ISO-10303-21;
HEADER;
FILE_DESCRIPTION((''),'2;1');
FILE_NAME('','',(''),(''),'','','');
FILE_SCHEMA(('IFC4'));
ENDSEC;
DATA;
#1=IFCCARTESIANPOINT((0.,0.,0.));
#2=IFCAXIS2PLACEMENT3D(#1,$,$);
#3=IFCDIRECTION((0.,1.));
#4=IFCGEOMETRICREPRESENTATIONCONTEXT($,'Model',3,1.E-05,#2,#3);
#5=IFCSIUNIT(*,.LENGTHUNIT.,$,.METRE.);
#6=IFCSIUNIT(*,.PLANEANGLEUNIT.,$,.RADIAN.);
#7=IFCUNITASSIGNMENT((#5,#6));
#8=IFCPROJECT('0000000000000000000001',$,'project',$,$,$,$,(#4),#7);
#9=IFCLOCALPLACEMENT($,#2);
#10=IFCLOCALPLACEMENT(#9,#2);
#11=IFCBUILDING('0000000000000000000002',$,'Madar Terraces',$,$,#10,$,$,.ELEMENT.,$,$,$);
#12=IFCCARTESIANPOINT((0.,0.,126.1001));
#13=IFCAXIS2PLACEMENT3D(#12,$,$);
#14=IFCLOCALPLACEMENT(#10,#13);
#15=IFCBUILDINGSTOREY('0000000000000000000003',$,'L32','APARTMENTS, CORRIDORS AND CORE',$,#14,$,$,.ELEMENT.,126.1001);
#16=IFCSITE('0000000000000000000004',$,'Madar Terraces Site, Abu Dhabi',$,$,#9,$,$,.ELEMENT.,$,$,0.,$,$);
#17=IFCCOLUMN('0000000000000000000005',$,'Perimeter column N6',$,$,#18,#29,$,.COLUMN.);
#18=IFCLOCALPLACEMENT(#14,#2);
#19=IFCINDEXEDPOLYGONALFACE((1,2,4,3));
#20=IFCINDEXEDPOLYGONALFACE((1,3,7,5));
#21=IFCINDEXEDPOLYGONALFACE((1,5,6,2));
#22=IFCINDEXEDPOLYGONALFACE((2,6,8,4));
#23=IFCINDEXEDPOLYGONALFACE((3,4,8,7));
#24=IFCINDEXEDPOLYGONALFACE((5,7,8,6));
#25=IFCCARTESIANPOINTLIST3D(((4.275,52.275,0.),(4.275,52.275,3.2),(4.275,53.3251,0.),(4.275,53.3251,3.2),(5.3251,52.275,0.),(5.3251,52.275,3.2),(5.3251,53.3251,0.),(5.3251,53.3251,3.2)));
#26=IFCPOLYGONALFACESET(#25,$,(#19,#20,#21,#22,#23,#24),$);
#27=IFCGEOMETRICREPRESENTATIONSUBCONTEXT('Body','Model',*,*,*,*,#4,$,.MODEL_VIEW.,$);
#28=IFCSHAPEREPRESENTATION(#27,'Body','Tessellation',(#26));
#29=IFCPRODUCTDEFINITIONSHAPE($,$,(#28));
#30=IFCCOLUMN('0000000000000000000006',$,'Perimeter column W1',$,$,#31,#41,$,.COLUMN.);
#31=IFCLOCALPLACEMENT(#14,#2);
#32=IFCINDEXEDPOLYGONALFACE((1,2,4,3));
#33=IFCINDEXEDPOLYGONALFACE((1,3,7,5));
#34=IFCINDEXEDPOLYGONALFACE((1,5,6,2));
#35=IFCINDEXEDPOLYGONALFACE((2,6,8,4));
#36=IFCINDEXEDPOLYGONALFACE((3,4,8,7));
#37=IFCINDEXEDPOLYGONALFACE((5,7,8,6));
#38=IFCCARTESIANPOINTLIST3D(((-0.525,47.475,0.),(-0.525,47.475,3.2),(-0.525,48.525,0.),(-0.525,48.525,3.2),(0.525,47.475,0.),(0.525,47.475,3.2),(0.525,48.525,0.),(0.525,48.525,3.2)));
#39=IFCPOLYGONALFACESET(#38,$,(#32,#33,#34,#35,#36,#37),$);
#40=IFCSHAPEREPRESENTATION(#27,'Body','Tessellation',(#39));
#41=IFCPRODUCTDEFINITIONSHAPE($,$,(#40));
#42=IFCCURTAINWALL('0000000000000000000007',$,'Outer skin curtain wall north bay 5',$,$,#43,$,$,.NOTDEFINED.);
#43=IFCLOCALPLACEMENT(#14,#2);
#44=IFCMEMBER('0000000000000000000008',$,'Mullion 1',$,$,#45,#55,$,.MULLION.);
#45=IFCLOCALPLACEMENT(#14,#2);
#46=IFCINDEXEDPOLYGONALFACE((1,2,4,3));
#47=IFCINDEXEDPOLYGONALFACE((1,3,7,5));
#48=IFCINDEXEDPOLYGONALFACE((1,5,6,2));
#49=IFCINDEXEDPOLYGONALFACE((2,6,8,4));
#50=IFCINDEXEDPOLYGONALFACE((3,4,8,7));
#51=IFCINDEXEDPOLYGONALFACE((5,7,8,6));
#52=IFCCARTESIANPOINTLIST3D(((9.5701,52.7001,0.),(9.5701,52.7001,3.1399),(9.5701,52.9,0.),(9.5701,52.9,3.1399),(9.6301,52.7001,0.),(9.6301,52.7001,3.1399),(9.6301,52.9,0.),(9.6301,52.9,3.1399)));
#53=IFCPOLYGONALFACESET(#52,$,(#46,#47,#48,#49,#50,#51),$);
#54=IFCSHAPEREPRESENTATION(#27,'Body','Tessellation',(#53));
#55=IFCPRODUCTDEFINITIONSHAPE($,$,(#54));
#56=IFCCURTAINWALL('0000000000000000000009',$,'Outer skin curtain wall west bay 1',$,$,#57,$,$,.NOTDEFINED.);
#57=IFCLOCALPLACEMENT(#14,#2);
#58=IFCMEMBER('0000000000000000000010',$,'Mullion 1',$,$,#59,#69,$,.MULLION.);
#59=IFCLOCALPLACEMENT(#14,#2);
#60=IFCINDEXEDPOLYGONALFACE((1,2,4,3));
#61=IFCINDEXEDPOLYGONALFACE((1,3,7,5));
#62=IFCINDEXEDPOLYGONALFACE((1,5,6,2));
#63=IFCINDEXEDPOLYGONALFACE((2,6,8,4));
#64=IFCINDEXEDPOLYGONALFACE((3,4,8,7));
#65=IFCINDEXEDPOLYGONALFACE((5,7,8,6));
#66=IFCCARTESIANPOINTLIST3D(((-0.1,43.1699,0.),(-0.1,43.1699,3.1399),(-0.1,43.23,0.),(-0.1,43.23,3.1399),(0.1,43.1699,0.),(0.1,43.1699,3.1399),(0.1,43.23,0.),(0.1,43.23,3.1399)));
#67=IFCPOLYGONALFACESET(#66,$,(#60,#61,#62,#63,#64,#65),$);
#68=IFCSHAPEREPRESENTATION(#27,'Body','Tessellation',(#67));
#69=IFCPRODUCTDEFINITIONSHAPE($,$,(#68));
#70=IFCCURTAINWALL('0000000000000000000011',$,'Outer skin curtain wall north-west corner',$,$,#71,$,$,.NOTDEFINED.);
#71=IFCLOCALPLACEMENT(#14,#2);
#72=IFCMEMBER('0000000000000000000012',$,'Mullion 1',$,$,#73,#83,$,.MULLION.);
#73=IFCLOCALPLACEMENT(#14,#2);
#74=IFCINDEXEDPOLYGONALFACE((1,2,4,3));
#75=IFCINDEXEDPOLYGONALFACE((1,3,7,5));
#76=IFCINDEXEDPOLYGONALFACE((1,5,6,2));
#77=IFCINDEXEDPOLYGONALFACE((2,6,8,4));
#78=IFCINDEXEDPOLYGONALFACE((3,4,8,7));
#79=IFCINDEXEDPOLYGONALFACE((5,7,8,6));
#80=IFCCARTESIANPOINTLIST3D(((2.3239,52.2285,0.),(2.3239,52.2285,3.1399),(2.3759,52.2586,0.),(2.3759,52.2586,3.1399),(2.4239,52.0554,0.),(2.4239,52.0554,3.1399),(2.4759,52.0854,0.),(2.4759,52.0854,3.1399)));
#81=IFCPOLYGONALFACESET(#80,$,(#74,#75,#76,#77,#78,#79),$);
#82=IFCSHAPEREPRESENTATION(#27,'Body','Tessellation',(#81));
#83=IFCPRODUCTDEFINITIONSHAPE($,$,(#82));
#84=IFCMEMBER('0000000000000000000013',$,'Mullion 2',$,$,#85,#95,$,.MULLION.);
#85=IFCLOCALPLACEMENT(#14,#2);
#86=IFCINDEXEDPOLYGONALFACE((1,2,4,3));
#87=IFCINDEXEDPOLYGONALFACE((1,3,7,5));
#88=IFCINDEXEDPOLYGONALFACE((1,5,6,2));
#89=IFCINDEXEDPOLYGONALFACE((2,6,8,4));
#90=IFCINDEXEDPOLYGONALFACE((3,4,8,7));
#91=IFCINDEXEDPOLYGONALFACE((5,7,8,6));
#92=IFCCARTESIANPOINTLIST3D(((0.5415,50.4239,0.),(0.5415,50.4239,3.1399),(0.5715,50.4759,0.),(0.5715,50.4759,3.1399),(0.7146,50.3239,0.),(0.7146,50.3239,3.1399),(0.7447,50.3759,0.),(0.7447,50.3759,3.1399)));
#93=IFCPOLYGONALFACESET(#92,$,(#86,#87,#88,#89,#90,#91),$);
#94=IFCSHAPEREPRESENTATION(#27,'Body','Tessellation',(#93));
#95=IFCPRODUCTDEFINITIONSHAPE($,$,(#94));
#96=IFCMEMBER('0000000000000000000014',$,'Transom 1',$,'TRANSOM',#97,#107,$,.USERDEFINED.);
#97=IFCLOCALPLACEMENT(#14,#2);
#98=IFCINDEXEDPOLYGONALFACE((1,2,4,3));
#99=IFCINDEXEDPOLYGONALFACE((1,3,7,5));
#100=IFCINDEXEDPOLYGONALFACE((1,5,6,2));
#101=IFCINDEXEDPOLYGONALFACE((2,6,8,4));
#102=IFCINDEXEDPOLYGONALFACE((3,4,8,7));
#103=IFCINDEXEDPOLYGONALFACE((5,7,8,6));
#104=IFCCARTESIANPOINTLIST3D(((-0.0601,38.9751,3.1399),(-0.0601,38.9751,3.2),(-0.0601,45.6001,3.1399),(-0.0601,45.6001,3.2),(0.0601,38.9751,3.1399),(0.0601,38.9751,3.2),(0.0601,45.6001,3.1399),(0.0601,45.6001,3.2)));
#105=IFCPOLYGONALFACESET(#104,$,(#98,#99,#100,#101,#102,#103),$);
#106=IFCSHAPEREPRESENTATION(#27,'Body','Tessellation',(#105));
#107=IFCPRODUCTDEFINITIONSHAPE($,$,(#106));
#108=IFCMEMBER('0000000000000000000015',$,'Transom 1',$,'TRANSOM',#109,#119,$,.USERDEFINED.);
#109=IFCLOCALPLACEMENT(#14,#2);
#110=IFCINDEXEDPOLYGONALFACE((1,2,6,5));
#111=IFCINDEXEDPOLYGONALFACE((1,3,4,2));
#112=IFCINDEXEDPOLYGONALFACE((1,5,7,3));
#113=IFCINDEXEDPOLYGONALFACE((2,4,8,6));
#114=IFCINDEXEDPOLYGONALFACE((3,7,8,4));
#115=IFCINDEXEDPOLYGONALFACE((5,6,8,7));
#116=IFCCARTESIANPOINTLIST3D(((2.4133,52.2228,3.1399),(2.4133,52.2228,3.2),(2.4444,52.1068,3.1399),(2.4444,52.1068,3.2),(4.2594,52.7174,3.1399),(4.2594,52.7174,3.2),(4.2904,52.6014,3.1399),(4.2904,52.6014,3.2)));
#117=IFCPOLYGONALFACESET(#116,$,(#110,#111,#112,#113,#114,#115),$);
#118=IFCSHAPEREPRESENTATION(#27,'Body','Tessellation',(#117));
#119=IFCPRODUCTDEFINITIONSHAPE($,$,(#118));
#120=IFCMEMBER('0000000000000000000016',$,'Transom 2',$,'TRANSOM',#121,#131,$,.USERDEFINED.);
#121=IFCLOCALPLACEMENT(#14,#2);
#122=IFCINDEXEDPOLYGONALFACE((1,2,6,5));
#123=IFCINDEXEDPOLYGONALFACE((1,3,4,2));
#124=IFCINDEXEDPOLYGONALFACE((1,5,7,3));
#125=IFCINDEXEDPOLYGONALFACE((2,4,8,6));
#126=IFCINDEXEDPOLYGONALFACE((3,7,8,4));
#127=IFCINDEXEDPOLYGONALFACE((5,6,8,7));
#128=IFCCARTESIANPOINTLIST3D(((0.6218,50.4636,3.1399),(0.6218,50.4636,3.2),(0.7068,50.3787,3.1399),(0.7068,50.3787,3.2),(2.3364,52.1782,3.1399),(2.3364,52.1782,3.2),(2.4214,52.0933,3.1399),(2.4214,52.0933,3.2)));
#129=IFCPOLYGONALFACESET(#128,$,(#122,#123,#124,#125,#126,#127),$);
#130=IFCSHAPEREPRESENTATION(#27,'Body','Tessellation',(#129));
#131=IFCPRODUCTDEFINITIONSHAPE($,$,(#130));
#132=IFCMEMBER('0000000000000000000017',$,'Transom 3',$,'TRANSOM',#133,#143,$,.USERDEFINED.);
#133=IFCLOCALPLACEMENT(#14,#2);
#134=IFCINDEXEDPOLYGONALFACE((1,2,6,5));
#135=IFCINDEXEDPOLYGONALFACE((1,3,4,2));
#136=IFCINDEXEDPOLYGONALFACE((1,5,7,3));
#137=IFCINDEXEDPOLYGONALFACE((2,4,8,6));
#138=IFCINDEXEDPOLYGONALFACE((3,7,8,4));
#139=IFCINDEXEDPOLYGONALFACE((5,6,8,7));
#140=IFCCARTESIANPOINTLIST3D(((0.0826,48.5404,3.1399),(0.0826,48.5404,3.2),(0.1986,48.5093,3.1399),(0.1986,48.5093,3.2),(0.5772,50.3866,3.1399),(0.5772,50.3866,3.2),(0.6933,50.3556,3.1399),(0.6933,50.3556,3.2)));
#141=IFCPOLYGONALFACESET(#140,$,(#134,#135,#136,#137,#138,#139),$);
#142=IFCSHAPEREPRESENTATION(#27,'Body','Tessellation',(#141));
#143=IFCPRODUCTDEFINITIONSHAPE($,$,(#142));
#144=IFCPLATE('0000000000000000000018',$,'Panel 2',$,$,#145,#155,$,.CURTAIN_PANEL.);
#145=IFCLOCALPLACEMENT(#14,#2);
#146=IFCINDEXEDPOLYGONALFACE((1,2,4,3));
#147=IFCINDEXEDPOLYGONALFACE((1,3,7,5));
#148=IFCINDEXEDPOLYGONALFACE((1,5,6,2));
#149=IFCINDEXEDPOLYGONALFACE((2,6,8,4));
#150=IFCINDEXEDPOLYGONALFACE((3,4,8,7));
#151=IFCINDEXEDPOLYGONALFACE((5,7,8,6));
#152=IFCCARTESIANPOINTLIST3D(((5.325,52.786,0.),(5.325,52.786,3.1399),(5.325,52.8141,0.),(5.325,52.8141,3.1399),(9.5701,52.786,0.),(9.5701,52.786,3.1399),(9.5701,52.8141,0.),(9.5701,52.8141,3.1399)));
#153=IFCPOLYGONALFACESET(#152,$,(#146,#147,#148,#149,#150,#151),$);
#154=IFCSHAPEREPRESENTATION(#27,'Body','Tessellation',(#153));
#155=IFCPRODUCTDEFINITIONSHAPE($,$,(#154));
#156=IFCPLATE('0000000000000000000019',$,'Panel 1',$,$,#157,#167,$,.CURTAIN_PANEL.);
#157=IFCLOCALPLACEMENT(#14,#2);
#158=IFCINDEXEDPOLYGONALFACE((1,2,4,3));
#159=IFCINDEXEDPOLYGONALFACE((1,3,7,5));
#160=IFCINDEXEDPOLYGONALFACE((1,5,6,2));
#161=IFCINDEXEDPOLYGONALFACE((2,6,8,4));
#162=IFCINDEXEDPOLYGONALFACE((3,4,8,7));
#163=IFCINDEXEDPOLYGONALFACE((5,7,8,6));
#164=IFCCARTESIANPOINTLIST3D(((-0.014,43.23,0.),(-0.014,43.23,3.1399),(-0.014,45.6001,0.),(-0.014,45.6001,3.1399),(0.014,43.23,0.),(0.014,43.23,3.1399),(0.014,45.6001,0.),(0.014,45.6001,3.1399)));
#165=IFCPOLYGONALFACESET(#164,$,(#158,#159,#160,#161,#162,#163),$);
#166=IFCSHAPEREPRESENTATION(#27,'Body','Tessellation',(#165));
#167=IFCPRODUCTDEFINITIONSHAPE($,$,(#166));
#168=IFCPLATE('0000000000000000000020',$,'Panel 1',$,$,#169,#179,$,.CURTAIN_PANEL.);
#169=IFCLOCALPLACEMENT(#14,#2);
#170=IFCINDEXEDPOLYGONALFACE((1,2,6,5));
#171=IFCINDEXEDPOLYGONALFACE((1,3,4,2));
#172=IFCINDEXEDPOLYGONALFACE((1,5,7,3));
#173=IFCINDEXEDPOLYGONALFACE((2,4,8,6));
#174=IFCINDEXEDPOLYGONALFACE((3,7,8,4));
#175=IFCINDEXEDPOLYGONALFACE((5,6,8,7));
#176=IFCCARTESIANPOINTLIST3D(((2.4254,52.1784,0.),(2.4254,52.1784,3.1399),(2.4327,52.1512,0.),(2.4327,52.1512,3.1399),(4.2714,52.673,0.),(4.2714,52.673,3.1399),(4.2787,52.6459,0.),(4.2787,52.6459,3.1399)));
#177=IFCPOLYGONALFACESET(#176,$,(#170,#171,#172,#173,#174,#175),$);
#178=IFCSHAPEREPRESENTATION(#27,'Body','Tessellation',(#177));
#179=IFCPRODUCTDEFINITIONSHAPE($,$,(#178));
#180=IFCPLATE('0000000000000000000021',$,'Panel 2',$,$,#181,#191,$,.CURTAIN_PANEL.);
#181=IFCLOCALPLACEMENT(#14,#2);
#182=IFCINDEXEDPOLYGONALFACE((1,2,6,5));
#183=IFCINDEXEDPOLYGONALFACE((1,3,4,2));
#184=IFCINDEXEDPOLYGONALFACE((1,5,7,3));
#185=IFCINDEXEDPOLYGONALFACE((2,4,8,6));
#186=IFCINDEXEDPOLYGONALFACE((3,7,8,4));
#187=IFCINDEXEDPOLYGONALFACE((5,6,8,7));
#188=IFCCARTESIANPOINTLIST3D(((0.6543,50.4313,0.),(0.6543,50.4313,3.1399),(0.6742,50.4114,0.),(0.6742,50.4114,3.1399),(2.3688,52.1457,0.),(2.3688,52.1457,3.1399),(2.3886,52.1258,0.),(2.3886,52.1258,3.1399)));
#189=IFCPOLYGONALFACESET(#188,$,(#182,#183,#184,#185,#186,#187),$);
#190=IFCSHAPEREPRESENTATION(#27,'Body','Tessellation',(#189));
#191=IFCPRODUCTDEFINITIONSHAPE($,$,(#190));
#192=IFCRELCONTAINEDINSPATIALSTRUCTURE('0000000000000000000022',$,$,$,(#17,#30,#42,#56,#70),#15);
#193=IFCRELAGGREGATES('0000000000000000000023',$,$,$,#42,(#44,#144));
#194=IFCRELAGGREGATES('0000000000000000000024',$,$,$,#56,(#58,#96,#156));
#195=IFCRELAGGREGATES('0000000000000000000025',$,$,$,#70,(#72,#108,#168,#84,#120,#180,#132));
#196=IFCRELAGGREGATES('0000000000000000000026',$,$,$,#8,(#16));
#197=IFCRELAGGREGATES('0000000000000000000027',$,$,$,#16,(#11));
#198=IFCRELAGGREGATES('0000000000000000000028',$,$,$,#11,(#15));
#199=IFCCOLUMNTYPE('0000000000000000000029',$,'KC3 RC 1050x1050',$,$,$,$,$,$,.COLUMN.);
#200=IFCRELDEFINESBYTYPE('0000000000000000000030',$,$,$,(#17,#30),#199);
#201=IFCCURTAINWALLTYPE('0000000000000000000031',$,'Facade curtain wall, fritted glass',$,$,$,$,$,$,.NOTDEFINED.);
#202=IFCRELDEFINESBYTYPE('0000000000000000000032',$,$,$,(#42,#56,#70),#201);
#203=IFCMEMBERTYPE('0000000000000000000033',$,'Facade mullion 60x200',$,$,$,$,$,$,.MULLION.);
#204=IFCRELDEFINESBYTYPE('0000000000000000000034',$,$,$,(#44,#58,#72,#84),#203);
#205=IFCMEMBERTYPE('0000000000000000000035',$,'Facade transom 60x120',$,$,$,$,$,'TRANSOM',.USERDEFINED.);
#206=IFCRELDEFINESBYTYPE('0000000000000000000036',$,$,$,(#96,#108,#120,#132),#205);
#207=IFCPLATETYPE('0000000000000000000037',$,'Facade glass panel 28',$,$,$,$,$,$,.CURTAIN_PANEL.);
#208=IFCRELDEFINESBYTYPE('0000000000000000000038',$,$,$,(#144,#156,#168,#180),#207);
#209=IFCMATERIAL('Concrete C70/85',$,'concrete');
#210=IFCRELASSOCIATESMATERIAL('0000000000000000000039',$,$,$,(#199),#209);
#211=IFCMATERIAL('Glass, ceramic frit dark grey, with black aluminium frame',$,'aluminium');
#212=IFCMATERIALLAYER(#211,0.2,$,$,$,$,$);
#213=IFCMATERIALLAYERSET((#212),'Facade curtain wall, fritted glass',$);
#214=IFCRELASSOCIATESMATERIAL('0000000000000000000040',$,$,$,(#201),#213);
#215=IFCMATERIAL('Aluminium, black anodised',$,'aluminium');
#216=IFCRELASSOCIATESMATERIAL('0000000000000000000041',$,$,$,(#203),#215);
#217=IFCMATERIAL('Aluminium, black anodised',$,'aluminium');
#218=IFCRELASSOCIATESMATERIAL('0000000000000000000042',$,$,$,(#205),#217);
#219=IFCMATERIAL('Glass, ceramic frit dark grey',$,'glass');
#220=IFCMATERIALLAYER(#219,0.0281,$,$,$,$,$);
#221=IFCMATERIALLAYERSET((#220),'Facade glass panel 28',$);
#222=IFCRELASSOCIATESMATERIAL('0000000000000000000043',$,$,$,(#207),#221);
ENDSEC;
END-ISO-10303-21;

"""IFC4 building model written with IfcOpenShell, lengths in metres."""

from ifc_helpers import new_model, si_unit, direction, frame, origin, origin_2d, place, context, subcontext, project, spatial, rectangle, extrude, material, layer, layer_set, material_profile, profile_set, type_object, element, aggregate, save


model = new_model("IFC4")

# Units and contexts
model_context = context("Model", 3, precision=1e-05, world=origin(), true_north=direction((0.0, 1.0)))
body_context = subcontext(model_context, "Body", "Model", "MODEL_VIEW")
ifc_project = project(units=[si_unit("LENGTHUNIT", "METRE"), si_unit("PLANEANGLEUNIT", "RADIAN")], contexts=[model_context])

# Site, building, storey
site_placement = place(None, origin())
site = spatial("IfcSite", under=ifc_project, at=site_placement, Name="Madar Terraces Site, Abu Dhabi", CompositionType="ELEMENT", RefElevation=0.0)
building_placement = place(site_placement, origin())
building = spatial("IfcBuilding", under=site, at=building_placement, Name="Madar Terraces", CompositionType="ELEMENT")
storey_placement = place(building_placement, frame((0.0, 0.0, 126.1001)))
storey = spatial("IfcBuildingStorey", under=building, at=storey_placement, Name="L32", Description="APARTMENTS, CORRIDORS AND CORE", CompositionType="ELEMENT", Elevation=126.1001)

# Columns
ifc_material_1 = material(Name="Concrete C70/85", Category="concrete")
ifc_material_profile_1 = material_profile(ifc_material_1, rectangle(XDim=1.05, YDim=1.05, at=origin_2d()), Name="KC3 RC 1050x1050")
ifc_profile_set_1 = profile_set([ifc_material_profile_1], Name="Concrete C70/85")
column_type = type_object("IfcColumnType", Name="KC3 RC 1050x1050", PredefinedType="COLUMN", material=ifc_profile_set_1)
for number, where, z_axis, x_axis, name in (
    (1, (4.8, 52.8, 0.0), (0.0, 0.0, 1.0), (1.0, 0.0, 0.0), "Perimeter column N6"),
    (2, (0.0, 48.0, 0.0), (0.0, 0.0, 1.0), (1.0, 0.0, 0.0), "Perimeter column W1"),
):
    element("IfcColumn", number, at=place(storey_placement, frame(where, z_axis=z_axis, x_axis=x_axis)), inside=storey, type_object=column_type, Name=name, PredefinedType="COLUMN", context=body_context, shape_type="SweptSolid", body=[
        extrude(rectangle(XDim=1.05, YDim=1.05, at=origin_2d()), origin(), (0.0, 0.0, 1.0), 3.2),
    ])

# Curtain walls, members
ifc_material_2 = material(Name="Glass, ceramic frit dark grey, with black aluminium frame", Category="aluminium")
ifc_layer_1 = layer(ifc_material_2, 0.2)
ifc_layer_set_1 = layer_set([ifc_layer_1], Name="Facade curtain wall, fritted glass")
curtain_wall_type = type_object("IfcCurtainWallType", Name="Facade curtain wall, fritted glass", PredefinedType="NOTDEFINED", material=ifc_layer_set_1)
curtain_wall_1_placement = place(storey_placement, origin())
curtain_wall_1 = element("IfcCurtainWall", 3, at=curtain_wall_1_placement, inside=storey, type_object=curtain_wall_type, Name="Outer skin curtain wall north bay 5", PredefinedType="NOTDEFINED")
ifc_material_3 = material(Name="Aluminium, black anodised", Category="aluminium")
ifc_material_profile_2 = material_profile(ifc_material_3, rectangle(XDim=0.2, YDim=0.0601, at=origin_2d()), Name="Facade mullion 60x200")
ifc_profile_set_2 = profile_set([ifc_material_profile_2], Name="Aluminium, black anodised")
member_type_1 = type_object("IfcMemberType", Name="Facade mullion 60x200", PredefinedType="MULLION", material=ifc_profile_set_2)
member_1_placement = place(storey_placement, frame((9.6001, 52.8, 0.0), z_axis=(0.0, 0.0, 1.0), x_axis=(0.0, -1.0, 0.0)))
member_1 = element("IfcMember", 4, at=member_1_placement, type_object=member_type_1, Name="Mullion 1", PredefinedType="MULLION", context=body_context, shape_type="SweptSolid", body=[
    extrude(rectangle(XDim=0.2, YDim=0.0601, at=origin_2d()), origin(), (0.0, 0.0, 1.0), 3.1399),
])
curtain_wall_2_placement = place(storey_placement, origin())
curtain_wall_2 = element("IfcCurtainWall", 5, at=curtain_wall_2_placement, inside=storey, type_object=curtain_wall_type, Name="Outer skin curtain wall west bay 1", PredefinedType="NOTDEFINED")
member_2_placement = place(storey_placement, frame((0.0, 43.2, 0.0), z_axis=(0.0, 0.0, 1.0), x_axis=(1.0, 0.0, 0.0)))
member_2 = element("IfcMember", 6, at=member_2_placement, type_object=member_type_1, Name="Mullion 1", PredefinedType="MULLION", context=body_context, shape_type="SweptSolid", body=[
    extrude(rectangle(XDim=0.2, YDim=0.0601, at=origin_2d()), origin(), (0.0, 0.0, 1.0), 3.1399),
])

# Curtain wall, members
curtain_wall_3_placement = place(storey_placement, origin())
curtain_wall_3 = element("IfcCurtainWall", 7, at=curtain_wall_3_placement, inside=storey, type_object=curtain_wall_type, Name="Outer skin curtain wall north-west corner", PredefinedType="NOTDEFINED")
member_3_placement = place(storey_placement, frame((2.3999, 52.157, 0.0), z_axis=(0.0, 0.0, 1.0), x_axis=(0.5, -0.866025, 0.0)))
member_3 = element("IfcMember", 8, at=member_3_placement, type_object=member_type_1, Name="Mullion 1", PredefinedType="MULLION", context=body_context, shape_type="SweptSolid", body=[
    extrude(rectangle(XDim=0.2, YDim=0.0601, at=origin_2d()), origin(), (0.0, 0.0, 1.0), 3.1399),
])
member_4_placement = place(storey_placement, frame((0.6431, 50.3999, 0.0), z_axis=(0.0, 0.0, 1.0), x_axis=(0.866025, -0.5, 0.0)))
member_4 = element("IfcMember", 9, at=member_4_placement, type_object=member_type_1, Name="Mullion 2", PredefinedType="MULLION", context=body_context, shape_type="SweptSolid", body=[
    extrude(rectangle(XDim=0.2, YDim=0.0601, at=origin_2d()), origin(), (0.0, 0.0, 1.0), 3.1399),
])

# Members
ifc_material_4 = material(Name="Aluminium, black anodised", Category="aluminium")
ifc_material_profile_3 = material_profile(ifc_material_4, rectangle(XDim=0.1201, YDim=0.0601, at=origin_2d()), Name="Facade transom 60x120")
ifc_profile_set_3 = profile_set([ifc_material_profile_3], Name="Aluminium, black anodised")
member_type_2 = type_object("IfcMemberType", Name="Facade transom 60x120", ElementType="TRANSOM", PredefinedType="USERDEFINED", material=ifc_profile_set_3)
member_5_placement = place(storey_placement, frame((0.0, 45.6001, 3.1699), z_axis=(0.0, -1.0, 0.0), x_axis=(1.0, 0.0, 0.0)))
member_5 = element("IfcMember", 10, at=member_5_placement, type_object=member_type_2, Name="Transom 1", ObjectType="TRANSOM", PredefinedType="USERDEFINED", context=body_context, shape_type="SweptSolid", body=[
    extrude(rectangle(XDim=0.1201, YDim=0.0601, at=origin_2d()), origin(), (0.0, 0.0, 1.0), 6.625),
])
member_6_placement = place(storey_placement, frame((4.2749, 52.6594, 3.1699), z_axis=(-0.965925, -0.258823, 0.0), x_axis=(0.258823, -0.965925, 0.0)))
member_6 = element("IfcMember", 11, at=member_6_placement, type_object=member_type_2, Name="Transom 1", ObjectType="TRANSOM", PredefinedType="USERDEFINED", context=body_context, shape_type="SweptSolid", body=[
    extrude(rectangle(XDim=0.1201, YDim=0.0601, at=origin_2d()), origin(), (0.0, 0.0, 1.0), 1.9111),
])
member_7_placement = place(storey_placement, frame((2.3789, 52.1357, 3.1699), z_axis=(-0.707107, -0.707107, 0.0), x_axis=(0.707107, -0.707107, 0.0)))
member_7 = element("IfcMember", 12, at=member_7_placement, type_object=member_type_2, Name="Transom 2", ObjectType="TRANSOM", PredefinedType="USERDEFINED", context=body_context, shape_type="SweptSolid", body=[
    extrude(rectangle(XDim=0.1201, YDim=0.0601, at=origin_2d()), origin(), (0.0, 0.0, 1.0), 2.4248),
])
member_8_placement = place(storey_placement, frame((0.6353, 50.3711, 3.1699), z_axis=(-0.258791, -0.965933, 0.0), x_axis=(0.965933, -0.258791, 0.0)))
member_8 = element("IfcMember", 13, at=member_8_placement, type_object=member_type_2, Name="Transom 3", ObjectType="TRANSOM", PredefinedType="USERDEFINED", context=body_context, shape_type="SweptSolid", body=[
    extrude(rectangle(XDim=0.1201, YDim=0.0601, at=origin_2d()), origin(), (0.0, 0.0, 1.0), 1.9114),
])

# Plates
ifc_material_5 = material(Name="Glass, ceramic frit dark grey", Category="glass")
ifc_layer_2 = layer(ifc_material_5, 0.0281)
ifc_layer_set_2 = layer_set([ifc_layer_2], Name="Facade glass panel 28")
plate_type = type_object("IfcPlateType", Name="Facade glass panel 28", PredefinedType="CURTAIN_PANEL", material=ifc_layer_set_2)
plate_1_placement = place(storey_placement, frame((7.4475, 52.8, 0.0), z_axis=(0.0, 0.0, 1.0), x_axis=(-1.0, 0.0, 0.0)))
plate_1 = element("IfcPlate", 14, at=plate_1_placement, type_object=plate_type, Name="Panel 2", PredefinedType="CURTAIN_PANEL", context=body_context, shape_type="SweptSolid", body=[
    extrude(rectangle(XDim=4.2451, YDim=0.0281, at=origin_2d()), origin(), (0.0, 0.0, 1.0), 3.1399),
])
aggregate(curtain_wall_1, [member_1, plate_1])
plate_2_placement = place(storey_placement, frame((0.0, 44.415, 0.0), z_axis=(0.0, 0.0, 1.0), x_axis=(0.0, -1.0, 0.0)))
plate_2 = element("IfcPlate", 15, at=plate_2_placement, type_object=plate_type, Name="Panel 1", PredefinedType="CURTAIN_PANEL", context=body_context, shape_type="SweptSolid", body=[
    extrude(rectangle(XDim=2.3701, YDim=0.0281, at=origin_2d()), origin(), (0.0, 0.0, 1.0), 3.1399),
])
aggregate(curtain_wall_2, [member_2, member_5, plate_2])
plate_3_placement = place(storey_placement, frame((3.3521, 52.4121, 0.0), z_axis=(0.0, 0.0, 1.0), x_axis=(-0.965926, -0.258819, 0.0)))
plate_3 = element("IfcPlate", 16, at=plate_3_placement, type_object=plate_type, Name="Panel 1", PredefinedType="CURTAIN_PANEL", context=body_context, shape_type="SweptSolid", body=[
    extrude(rectangle(XDim=1.9111, YDim=0.0281, at=origin_2d()), origin(), (0.0, 0.0, 1.0), 3.1399),
])
plate_4_placement = place(storey_placement, frame((1.5215, 51.2786, 0.0), z_axis=(0.0, 0.0, 1.0), x_axis=(-0.707107, -0.707107, 0.0)))
plate_4 = element("IfcPlate", 17, at=plate_4_placement, type_object=plate_type, Name="Panel 2", PredefinedType="CURTAIN_PANEL", context=body_context, shape_type="SweptSolid", body=[
    extrude(rectangle(XDim=2.4246, YDim=0.0281, at=origin_2d()), origin(), (0.0, 0.0, 1.0), 3.1399),
])
aggregate(curtain_wall_3, [member_3, member_6, plate_3, member_4, member_7, plate_4, member_8])

save(model, "model.ifc")
